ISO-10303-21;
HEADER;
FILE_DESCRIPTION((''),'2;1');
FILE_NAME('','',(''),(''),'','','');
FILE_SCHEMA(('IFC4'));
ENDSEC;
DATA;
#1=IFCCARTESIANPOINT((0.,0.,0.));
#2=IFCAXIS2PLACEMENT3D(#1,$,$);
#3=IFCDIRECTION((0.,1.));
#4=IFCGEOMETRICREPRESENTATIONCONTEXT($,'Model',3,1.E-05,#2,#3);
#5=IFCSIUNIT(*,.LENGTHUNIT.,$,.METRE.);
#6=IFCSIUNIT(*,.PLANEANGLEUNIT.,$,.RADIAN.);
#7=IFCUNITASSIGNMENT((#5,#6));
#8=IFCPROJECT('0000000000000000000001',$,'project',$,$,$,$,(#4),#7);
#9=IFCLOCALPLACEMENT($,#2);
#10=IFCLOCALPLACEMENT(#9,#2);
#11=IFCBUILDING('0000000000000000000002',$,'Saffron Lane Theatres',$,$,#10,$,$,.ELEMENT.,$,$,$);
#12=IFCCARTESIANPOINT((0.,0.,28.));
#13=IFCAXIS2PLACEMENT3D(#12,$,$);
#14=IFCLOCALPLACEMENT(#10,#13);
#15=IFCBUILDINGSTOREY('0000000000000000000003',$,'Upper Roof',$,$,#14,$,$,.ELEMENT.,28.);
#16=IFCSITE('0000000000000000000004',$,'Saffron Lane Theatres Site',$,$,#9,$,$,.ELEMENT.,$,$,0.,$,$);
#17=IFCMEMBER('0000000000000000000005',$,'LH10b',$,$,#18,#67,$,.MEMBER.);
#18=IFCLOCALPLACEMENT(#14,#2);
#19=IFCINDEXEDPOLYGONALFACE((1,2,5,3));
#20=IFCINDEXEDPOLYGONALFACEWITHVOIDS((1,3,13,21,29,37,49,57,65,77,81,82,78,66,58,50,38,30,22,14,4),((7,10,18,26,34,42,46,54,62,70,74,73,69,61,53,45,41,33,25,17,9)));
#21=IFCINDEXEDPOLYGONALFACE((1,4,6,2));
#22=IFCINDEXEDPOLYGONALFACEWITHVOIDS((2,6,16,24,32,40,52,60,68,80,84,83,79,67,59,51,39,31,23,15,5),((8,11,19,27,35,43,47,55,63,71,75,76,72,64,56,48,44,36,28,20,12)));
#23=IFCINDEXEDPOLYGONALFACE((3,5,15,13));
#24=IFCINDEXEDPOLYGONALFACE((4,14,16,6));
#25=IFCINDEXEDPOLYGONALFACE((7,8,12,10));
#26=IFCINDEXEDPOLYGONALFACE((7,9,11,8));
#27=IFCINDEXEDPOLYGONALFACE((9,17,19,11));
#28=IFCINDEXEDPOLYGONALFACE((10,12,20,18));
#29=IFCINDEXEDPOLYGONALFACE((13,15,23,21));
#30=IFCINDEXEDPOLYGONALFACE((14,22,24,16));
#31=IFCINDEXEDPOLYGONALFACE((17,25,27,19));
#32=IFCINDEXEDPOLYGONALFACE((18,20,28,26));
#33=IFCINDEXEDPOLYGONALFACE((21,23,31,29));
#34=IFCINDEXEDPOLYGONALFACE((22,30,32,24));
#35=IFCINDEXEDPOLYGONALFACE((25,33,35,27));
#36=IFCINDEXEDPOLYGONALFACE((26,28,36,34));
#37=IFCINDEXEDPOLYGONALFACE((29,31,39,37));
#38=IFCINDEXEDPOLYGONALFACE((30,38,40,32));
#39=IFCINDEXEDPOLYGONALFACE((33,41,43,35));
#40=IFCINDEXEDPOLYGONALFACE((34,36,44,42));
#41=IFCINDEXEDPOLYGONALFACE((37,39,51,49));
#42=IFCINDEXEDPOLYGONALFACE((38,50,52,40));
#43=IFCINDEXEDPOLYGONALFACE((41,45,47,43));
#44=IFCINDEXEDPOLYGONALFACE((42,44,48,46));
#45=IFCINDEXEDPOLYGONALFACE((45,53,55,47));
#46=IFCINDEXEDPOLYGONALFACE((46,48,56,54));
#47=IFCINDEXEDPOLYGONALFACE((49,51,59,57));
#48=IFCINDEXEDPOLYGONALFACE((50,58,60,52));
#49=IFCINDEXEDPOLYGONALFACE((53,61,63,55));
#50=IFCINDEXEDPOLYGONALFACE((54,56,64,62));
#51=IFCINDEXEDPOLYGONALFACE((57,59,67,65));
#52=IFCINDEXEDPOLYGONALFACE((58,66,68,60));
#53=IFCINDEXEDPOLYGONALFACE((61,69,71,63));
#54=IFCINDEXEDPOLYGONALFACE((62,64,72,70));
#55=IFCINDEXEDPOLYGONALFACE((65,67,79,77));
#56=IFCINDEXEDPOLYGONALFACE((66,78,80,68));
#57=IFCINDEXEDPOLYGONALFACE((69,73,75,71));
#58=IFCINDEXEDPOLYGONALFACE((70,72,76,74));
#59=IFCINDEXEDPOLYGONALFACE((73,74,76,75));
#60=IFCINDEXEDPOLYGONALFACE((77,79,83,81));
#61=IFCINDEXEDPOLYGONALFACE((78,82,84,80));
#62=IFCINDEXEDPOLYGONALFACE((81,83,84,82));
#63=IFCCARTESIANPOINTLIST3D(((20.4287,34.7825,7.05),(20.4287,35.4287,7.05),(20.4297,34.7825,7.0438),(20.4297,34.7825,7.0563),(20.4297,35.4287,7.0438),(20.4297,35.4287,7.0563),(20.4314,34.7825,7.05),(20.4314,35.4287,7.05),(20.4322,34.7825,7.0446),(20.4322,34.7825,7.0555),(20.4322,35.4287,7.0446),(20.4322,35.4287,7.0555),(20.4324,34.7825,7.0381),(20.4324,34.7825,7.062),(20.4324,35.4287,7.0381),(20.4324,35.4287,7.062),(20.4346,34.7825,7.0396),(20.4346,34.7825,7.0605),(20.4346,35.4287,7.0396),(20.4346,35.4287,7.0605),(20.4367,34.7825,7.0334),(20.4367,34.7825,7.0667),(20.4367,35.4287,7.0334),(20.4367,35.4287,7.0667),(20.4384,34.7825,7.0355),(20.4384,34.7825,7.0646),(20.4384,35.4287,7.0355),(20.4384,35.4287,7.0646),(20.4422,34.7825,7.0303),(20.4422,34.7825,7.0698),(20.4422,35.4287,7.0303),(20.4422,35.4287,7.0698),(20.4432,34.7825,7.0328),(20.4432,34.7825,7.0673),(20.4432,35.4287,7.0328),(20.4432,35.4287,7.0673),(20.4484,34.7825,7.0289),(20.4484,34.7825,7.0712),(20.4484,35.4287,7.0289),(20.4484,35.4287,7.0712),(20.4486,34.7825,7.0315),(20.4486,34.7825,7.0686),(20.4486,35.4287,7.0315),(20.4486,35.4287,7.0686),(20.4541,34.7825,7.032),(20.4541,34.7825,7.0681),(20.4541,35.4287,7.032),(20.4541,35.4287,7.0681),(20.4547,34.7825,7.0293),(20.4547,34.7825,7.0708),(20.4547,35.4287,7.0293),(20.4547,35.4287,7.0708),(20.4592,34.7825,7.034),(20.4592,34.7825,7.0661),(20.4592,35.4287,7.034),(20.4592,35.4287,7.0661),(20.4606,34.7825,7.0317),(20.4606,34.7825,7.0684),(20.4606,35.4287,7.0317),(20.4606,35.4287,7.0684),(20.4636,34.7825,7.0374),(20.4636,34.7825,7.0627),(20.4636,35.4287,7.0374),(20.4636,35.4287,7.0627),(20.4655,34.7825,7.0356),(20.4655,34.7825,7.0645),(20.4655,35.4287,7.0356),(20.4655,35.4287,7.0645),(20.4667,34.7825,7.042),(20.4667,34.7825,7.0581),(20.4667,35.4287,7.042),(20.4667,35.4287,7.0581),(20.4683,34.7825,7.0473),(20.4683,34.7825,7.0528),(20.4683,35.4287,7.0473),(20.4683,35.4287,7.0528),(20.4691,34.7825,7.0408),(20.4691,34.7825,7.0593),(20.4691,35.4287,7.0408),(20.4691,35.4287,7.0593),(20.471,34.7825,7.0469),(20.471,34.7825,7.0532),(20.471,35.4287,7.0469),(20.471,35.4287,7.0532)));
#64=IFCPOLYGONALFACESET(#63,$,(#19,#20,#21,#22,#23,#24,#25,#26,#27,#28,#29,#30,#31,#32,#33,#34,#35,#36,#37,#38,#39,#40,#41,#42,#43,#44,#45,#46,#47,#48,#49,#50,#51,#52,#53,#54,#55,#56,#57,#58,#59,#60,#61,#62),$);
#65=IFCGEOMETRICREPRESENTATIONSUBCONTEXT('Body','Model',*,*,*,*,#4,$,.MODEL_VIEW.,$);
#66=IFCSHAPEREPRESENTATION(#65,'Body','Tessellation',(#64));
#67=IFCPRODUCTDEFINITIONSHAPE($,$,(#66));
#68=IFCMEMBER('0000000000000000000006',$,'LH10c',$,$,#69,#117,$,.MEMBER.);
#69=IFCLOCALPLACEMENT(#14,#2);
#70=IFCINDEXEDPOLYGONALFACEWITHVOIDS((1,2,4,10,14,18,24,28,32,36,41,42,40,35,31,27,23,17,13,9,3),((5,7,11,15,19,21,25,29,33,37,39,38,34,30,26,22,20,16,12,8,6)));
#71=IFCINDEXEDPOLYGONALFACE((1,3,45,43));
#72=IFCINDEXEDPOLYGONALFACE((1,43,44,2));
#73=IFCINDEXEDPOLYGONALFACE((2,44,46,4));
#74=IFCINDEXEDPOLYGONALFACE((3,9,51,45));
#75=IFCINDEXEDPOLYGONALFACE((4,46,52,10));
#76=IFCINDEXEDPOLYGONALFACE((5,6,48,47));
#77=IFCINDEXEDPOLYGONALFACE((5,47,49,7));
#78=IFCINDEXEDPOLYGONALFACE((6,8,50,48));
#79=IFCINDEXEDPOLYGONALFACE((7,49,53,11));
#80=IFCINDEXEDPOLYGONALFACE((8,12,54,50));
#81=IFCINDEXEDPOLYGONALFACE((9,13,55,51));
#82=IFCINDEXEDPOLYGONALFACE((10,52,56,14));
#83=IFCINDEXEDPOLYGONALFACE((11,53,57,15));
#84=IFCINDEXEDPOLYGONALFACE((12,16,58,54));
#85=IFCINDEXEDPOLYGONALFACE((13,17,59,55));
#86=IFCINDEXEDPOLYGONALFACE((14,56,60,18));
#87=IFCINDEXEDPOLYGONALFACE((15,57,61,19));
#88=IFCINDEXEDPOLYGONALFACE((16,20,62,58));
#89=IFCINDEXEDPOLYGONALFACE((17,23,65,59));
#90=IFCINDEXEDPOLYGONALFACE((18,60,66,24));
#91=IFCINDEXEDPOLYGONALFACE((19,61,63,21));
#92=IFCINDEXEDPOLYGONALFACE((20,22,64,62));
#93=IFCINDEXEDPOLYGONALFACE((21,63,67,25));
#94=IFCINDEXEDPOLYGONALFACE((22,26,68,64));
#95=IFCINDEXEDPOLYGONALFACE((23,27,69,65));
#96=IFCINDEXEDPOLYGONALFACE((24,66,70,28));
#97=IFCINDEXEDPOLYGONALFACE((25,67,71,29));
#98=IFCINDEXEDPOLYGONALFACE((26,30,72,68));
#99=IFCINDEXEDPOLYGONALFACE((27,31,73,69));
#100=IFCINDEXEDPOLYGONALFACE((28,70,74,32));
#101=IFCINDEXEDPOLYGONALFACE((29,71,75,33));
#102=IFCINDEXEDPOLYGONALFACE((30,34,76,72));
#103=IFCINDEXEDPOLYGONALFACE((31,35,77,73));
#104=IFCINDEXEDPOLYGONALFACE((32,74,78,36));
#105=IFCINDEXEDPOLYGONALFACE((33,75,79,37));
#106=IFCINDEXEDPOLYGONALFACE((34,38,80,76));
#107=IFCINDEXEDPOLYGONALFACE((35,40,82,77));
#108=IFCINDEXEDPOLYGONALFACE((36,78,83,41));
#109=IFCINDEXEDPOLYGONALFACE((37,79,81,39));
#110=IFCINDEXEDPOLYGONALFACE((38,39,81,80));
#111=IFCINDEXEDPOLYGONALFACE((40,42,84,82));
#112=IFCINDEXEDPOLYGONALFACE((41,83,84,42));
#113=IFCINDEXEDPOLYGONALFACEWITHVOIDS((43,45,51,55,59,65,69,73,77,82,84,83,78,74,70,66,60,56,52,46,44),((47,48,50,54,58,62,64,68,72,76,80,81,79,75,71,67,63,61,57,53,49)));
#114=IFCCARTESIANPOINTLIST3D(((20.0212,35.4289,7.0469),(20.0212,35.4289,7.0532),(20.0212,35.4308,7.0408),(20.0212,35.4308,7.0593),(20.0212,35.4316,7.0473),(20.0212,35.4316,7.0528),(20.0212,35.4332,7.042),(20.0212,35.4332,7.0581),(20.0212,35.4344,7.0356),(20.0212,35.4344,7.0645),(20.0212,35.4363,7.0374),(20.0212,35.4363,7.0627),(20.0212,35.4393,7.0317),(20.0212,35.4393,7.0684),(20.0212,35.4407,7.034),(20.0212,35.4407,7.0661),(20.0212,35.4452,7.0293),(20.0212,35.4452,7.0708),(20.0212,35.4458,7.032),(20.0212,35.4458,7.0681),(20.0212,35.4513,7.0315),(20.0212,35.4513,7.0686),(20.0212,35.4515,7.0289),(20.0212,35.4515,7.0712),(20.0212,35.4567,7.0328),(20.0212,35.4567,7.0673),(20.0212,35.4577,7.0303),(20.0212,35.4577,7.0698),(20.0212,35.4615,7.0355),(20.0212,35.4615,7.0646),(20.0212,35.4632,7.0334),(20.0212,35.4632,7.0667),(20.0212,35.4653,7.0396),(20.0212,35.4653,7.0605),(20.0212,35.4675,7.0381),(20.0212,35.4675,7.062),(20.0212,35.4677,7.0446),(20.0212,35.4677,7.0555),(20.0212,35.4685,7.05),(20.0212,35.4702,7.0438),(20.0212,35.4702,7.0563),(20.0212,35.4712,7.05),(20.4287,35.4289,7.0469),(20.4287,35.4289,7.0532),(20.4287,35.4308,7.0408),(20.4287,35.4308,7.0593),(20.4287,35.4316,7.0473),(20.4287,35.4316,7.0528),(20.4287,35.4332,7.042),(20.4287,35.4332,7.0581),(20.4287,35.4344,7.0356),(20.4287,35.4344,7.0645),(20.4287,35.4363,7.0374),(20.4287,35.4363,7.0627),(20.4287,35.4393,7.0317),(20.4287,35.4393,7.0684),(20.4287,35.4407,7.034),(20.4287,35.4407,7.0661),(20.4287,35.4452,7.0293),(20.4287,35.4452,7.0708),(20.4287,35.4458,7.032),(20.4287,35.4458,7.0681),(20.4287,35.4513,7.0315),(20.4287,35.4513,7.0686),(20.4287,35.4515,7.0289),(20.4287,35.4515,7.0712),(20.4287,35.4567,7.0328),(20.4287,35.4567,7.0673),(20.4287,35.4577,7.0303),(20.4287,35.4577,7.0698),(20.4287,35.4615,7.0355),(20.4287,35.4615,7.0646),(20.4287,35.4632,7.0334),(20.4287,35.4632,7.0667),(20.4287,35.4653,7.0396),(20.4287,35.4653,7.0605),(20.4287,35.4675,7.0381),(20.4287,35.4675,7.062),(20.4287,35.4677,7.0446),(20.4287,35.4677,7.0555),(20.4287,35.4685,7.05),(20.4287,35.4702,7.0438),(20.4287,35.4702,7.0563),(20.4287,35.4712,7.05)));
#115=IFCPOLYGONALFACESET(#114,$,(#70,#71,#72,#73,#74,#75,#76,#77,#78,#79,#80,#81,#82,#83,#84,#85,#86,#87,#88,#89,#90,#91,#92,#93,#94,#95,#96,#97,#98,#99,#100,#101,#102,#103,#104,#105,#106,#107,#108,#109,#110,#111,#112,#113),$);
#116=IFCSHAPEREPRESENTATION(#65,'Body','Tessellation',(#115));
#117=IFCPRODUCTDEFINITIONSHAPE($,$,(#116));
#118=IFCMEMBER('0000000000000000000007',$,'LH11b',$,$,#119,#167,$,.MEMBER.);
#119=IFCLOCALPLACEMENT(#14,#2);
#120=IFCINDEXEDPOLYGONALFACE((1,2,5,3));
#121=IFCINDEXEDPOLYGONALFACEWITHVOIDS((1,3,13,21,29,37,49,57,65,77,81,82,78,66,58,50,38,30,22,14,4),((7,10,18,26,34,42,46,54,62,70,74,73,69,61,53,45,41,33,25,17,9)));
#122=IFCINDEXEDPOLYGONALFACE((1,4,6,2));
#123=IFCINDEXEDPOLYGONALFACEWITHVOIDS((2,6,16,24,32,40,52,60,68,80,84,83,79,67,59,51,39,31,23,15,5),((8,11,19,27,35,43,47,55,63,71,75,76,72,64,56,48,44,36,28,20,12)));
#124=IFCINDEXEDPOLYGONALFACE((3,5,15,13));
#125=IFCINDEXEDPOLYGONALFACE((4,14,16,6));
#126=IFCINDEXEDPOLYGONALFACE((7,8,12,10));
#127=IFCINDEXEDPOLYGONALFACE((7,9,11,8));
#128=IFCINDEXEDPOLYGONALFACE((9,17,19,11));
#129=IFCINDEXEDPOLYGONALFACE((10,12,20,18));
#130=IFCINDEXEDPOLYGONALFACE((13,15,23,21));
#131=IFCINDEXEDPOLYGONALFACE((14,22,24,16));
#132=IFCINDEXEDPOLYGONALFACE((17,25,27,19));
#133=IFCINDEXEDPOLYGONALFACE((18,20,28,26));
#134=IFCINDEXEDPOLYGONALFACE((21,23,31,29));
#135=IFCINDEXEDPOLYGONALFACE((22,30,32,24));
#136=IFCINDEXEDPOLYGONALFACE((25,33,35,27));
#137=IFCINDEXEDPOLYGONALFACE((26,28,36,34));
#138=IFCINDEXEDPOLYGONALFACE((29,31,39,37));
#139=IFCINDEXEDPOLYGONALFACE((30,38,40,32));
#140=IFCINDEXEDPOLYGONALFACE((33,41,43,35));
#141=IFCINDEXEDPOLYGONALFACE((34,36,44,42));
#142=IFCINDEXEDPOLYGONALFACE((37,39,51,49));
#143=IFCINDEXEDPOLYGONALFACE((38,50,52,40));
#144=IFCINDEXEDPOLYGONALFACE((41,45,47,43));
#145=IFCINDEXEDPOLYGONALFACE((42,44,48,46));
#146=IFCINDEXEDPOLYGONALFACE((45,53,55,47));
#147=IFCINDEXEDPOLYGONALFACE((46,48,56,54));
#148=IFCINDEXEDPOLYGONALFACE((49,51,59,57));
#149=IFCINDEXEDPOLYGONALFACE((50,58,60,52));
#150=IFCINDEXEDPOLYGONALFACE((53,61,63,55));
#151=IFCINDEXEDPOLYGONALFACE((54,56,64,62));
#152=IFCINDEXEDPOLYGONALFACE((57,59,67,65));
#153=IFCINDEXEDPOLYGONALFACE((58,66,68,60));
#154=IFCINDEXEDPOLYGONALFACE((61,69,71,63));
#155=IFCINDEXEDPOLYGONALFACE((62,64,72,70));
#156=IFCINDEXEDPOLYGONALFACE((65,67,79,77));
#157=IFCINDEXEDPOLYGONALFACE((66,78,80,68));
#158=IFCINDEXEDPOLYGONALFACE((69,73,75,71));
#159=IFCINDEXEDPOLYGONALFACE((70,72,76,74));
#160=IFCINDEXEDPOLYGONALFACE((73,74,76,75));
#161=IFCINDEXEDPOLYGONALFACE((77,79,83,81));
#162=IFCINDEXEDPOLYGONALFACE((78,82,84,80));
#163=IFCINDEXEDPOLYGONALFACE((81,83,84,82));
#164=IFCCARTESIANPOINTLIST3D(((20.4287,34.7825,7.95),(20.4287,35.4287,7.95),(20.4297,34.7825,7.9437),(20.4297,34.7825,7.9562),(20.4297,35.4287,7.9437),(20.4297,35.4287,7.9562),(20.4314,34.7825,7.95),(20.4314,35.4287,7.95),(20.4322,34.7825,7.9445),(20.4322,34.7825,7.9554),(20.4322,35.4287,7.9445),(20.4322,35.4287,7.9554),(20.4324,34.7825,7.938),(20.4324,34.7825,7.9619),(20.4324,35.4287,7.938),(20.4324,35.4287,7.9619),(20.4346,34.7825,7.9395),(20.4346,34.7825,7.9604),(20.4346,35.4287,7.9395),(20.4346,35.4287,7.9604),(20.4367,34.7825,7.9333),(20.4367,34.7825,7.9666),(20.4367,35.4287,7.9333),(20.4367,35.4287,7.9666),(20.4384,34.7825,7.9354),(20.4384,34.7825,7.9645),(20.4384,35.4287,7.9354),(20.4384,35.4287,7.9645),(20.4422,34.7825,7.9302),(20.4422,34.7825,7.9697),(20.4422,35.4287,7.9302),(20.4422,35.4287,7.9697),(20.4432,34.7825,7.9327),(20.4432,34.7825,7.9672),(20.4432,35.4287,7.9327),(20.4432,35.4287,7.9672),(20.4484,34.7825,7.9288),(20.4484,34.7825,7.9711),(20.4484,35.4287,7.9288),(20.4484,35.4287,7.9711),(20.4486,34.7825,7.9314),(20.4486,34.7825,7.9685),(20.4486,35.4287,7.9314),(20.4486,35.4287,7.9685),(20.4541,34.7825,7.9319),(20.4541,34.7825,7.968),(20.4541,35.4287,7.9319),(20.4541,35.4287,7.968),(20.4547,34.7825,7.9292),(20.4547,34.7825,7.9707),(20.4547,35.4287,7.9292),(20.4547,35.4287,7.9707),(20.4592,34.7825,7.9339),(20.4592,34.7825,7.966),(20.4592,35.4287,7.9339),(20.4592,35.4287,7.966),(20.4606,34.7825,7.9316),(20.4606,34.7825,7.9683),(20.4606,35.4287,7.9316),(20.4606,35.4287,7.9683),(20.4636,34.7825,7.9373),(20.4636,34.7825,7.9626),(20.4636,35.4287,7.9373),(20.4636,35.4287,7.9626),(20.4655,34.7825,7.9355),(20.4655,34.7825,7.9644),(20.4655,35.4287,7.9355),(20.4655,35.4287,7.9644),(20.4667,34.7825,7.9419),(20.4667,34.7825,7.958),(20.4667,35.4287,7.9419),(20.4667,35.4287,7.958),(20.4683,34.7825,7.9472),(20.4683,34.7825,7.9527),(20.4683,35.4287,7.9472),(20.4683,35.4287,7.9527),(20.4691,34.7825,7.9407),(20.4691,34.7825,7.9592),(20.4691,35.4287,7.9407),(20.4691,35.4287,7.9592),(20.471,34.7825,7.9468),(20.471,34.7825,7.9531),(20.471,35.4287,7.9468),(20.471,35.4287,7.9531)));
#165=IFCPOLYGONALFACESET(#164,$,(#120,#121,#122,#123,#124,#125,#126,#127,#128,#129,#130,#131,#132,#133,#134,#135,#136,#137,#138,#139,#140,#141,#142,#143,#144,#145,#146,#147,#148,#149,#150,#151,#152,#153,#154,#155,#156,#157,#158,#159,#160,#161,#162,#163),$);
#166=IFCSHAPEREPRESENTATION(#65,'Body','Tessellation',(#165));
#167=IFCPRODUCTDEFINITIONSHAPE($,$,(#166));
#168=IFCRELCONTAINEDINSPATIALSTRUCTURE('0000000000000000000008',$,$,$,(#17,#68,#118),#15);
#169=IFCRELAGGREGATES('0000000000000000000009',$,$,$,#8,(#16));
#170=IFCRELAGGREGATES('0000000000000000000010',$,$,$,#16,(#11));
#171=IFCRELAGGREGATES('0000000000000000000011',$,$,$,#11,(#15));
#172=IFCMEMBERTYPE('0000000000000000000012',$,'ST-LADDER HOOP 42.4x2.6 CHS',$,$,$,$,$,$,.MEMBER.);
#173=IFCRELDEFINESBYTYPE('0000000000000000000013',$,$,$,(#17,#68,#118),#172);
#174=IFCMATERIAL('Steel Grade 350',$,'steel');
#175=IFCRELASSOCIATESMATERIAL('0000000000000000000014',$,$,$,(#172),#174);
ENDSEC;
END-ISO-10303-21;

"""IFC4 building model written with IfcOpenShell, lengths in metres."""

from ifc_helpers import new_model, si_unit, direction, frame, origin, origin_2d, place, context, subcontext, project, spatial, hollow_circle, extrude, material, material_profile, profile_set, type_object, element, save


model = new_model("IFC4")

# Units and contexts
model_context = context("Model", 3, precision=1e-05, world=origin(), true_north=direction((0.0, 1.0)))
body_context = subcontext(model_context, "Body", "Model", "MODEL_VIEW")
ifc_project = project(units=[si_unit("LENGTHUNIT", "METRE"), si_unit("PLANEANGLEUNIT", "RADIAN")], contexts=[model_context])

# Site, building, storey
site_placement = place(None, origin())
site = spatial("IfcSite", under=ifc_project, at=site_placement, Name="Saffron Lane Theatres Site", CompositionType="ELEMENT", RefElevation=0.0)
building_placement = place(site_placement, origin())
building = spatial("IfcBuilding", under=site, at=building_placement, Name="Saffron Lane Theatres", CompositionType="ELEMENT")
storey_placement = place(building_placement, frame((0.0, 0.0, 28.0)))
storey = spatial("IfcBuildingStorey", under=building, at=storey_placement, Name="Upper Roof", CompositionType="ELEMENT", Elevation=28.0)

# Members
ifc_material_1 = material(Name="Steel Grade 350", Category="steel")
ifc_material_profile_1 = material_profile(ifc_material_1, hollow_circle(Radius=0.0212, WallThickness=0.0027, at=origin_2d()))
ifc_profile_set_1 = profile_set([ifc_material_profile_1], Name="Steel Grade 350")
member_type_1 = type_object("IfcMemberType", Name="ST-LADDER HOOP 42.4x2.6 CHS", PredefinedType="MEMBER", material=ifc_profile_set_1)
member_1_placement = place(storey_placement, frame((20.45, 34.7825, 7.05), z_axis=(0.0, 1.0, 0.0), x_axis=(-1.0, 0.0, 0.0)))
element("IfcMember", 1, at=member_1_placement, inside=storey, type_object=member_type_1, Name="LH10b", PredefinedType="MEMBER", context=body_context, shape_type="SweptSolid", body=[
    extrude(hollow_circle(Radius=0.0212, WallThickness=0.0027, at=origin_2d()), origin(), (0.0, 0.0, 1.0), 0.6462),
])
member_2_placement = place(storey_placement, frame((20.0212, 35.45, 7.05), z_axis=(1.0, 0.0, 0.0), x_axis=(0.0, 1.0, 0.0)))
element("IfcMember", 2, at=member_2_placement, inside=storey, type_object=member_type_1, Name="LH10c", PredefinedType="MEMBER", context=body_context, shape_type="SweptSolid", body=[
    extrude(hollow_circle(Radius=0.0212, WallThickness=0.0027, at=origin_2d()), origin(), (0.0, 0.0, 1.0), 0.4075),
])
member_3_placement = place(storey_placement, frame((20.45, 34.7825, 7.95), z_axis=(0.0, 1.0, 0.0), x_axis=(-1.0, 0.0, 0.0)))
element("IfcMember", 3, at=member_3_placement, inside=storey, type_object=member_type_1, Name="LH11b", PredefinedType="MEMBER", context=body_context, shape_type="SweptSolid", body=[
    extrude(hollow_circle(Radius=0.0212, WallThickness=0.0027, at=origin_2d()), origin(), (0.0, 0.0, 1.0), 0.6462),
])

save(model, "model.ifc")
